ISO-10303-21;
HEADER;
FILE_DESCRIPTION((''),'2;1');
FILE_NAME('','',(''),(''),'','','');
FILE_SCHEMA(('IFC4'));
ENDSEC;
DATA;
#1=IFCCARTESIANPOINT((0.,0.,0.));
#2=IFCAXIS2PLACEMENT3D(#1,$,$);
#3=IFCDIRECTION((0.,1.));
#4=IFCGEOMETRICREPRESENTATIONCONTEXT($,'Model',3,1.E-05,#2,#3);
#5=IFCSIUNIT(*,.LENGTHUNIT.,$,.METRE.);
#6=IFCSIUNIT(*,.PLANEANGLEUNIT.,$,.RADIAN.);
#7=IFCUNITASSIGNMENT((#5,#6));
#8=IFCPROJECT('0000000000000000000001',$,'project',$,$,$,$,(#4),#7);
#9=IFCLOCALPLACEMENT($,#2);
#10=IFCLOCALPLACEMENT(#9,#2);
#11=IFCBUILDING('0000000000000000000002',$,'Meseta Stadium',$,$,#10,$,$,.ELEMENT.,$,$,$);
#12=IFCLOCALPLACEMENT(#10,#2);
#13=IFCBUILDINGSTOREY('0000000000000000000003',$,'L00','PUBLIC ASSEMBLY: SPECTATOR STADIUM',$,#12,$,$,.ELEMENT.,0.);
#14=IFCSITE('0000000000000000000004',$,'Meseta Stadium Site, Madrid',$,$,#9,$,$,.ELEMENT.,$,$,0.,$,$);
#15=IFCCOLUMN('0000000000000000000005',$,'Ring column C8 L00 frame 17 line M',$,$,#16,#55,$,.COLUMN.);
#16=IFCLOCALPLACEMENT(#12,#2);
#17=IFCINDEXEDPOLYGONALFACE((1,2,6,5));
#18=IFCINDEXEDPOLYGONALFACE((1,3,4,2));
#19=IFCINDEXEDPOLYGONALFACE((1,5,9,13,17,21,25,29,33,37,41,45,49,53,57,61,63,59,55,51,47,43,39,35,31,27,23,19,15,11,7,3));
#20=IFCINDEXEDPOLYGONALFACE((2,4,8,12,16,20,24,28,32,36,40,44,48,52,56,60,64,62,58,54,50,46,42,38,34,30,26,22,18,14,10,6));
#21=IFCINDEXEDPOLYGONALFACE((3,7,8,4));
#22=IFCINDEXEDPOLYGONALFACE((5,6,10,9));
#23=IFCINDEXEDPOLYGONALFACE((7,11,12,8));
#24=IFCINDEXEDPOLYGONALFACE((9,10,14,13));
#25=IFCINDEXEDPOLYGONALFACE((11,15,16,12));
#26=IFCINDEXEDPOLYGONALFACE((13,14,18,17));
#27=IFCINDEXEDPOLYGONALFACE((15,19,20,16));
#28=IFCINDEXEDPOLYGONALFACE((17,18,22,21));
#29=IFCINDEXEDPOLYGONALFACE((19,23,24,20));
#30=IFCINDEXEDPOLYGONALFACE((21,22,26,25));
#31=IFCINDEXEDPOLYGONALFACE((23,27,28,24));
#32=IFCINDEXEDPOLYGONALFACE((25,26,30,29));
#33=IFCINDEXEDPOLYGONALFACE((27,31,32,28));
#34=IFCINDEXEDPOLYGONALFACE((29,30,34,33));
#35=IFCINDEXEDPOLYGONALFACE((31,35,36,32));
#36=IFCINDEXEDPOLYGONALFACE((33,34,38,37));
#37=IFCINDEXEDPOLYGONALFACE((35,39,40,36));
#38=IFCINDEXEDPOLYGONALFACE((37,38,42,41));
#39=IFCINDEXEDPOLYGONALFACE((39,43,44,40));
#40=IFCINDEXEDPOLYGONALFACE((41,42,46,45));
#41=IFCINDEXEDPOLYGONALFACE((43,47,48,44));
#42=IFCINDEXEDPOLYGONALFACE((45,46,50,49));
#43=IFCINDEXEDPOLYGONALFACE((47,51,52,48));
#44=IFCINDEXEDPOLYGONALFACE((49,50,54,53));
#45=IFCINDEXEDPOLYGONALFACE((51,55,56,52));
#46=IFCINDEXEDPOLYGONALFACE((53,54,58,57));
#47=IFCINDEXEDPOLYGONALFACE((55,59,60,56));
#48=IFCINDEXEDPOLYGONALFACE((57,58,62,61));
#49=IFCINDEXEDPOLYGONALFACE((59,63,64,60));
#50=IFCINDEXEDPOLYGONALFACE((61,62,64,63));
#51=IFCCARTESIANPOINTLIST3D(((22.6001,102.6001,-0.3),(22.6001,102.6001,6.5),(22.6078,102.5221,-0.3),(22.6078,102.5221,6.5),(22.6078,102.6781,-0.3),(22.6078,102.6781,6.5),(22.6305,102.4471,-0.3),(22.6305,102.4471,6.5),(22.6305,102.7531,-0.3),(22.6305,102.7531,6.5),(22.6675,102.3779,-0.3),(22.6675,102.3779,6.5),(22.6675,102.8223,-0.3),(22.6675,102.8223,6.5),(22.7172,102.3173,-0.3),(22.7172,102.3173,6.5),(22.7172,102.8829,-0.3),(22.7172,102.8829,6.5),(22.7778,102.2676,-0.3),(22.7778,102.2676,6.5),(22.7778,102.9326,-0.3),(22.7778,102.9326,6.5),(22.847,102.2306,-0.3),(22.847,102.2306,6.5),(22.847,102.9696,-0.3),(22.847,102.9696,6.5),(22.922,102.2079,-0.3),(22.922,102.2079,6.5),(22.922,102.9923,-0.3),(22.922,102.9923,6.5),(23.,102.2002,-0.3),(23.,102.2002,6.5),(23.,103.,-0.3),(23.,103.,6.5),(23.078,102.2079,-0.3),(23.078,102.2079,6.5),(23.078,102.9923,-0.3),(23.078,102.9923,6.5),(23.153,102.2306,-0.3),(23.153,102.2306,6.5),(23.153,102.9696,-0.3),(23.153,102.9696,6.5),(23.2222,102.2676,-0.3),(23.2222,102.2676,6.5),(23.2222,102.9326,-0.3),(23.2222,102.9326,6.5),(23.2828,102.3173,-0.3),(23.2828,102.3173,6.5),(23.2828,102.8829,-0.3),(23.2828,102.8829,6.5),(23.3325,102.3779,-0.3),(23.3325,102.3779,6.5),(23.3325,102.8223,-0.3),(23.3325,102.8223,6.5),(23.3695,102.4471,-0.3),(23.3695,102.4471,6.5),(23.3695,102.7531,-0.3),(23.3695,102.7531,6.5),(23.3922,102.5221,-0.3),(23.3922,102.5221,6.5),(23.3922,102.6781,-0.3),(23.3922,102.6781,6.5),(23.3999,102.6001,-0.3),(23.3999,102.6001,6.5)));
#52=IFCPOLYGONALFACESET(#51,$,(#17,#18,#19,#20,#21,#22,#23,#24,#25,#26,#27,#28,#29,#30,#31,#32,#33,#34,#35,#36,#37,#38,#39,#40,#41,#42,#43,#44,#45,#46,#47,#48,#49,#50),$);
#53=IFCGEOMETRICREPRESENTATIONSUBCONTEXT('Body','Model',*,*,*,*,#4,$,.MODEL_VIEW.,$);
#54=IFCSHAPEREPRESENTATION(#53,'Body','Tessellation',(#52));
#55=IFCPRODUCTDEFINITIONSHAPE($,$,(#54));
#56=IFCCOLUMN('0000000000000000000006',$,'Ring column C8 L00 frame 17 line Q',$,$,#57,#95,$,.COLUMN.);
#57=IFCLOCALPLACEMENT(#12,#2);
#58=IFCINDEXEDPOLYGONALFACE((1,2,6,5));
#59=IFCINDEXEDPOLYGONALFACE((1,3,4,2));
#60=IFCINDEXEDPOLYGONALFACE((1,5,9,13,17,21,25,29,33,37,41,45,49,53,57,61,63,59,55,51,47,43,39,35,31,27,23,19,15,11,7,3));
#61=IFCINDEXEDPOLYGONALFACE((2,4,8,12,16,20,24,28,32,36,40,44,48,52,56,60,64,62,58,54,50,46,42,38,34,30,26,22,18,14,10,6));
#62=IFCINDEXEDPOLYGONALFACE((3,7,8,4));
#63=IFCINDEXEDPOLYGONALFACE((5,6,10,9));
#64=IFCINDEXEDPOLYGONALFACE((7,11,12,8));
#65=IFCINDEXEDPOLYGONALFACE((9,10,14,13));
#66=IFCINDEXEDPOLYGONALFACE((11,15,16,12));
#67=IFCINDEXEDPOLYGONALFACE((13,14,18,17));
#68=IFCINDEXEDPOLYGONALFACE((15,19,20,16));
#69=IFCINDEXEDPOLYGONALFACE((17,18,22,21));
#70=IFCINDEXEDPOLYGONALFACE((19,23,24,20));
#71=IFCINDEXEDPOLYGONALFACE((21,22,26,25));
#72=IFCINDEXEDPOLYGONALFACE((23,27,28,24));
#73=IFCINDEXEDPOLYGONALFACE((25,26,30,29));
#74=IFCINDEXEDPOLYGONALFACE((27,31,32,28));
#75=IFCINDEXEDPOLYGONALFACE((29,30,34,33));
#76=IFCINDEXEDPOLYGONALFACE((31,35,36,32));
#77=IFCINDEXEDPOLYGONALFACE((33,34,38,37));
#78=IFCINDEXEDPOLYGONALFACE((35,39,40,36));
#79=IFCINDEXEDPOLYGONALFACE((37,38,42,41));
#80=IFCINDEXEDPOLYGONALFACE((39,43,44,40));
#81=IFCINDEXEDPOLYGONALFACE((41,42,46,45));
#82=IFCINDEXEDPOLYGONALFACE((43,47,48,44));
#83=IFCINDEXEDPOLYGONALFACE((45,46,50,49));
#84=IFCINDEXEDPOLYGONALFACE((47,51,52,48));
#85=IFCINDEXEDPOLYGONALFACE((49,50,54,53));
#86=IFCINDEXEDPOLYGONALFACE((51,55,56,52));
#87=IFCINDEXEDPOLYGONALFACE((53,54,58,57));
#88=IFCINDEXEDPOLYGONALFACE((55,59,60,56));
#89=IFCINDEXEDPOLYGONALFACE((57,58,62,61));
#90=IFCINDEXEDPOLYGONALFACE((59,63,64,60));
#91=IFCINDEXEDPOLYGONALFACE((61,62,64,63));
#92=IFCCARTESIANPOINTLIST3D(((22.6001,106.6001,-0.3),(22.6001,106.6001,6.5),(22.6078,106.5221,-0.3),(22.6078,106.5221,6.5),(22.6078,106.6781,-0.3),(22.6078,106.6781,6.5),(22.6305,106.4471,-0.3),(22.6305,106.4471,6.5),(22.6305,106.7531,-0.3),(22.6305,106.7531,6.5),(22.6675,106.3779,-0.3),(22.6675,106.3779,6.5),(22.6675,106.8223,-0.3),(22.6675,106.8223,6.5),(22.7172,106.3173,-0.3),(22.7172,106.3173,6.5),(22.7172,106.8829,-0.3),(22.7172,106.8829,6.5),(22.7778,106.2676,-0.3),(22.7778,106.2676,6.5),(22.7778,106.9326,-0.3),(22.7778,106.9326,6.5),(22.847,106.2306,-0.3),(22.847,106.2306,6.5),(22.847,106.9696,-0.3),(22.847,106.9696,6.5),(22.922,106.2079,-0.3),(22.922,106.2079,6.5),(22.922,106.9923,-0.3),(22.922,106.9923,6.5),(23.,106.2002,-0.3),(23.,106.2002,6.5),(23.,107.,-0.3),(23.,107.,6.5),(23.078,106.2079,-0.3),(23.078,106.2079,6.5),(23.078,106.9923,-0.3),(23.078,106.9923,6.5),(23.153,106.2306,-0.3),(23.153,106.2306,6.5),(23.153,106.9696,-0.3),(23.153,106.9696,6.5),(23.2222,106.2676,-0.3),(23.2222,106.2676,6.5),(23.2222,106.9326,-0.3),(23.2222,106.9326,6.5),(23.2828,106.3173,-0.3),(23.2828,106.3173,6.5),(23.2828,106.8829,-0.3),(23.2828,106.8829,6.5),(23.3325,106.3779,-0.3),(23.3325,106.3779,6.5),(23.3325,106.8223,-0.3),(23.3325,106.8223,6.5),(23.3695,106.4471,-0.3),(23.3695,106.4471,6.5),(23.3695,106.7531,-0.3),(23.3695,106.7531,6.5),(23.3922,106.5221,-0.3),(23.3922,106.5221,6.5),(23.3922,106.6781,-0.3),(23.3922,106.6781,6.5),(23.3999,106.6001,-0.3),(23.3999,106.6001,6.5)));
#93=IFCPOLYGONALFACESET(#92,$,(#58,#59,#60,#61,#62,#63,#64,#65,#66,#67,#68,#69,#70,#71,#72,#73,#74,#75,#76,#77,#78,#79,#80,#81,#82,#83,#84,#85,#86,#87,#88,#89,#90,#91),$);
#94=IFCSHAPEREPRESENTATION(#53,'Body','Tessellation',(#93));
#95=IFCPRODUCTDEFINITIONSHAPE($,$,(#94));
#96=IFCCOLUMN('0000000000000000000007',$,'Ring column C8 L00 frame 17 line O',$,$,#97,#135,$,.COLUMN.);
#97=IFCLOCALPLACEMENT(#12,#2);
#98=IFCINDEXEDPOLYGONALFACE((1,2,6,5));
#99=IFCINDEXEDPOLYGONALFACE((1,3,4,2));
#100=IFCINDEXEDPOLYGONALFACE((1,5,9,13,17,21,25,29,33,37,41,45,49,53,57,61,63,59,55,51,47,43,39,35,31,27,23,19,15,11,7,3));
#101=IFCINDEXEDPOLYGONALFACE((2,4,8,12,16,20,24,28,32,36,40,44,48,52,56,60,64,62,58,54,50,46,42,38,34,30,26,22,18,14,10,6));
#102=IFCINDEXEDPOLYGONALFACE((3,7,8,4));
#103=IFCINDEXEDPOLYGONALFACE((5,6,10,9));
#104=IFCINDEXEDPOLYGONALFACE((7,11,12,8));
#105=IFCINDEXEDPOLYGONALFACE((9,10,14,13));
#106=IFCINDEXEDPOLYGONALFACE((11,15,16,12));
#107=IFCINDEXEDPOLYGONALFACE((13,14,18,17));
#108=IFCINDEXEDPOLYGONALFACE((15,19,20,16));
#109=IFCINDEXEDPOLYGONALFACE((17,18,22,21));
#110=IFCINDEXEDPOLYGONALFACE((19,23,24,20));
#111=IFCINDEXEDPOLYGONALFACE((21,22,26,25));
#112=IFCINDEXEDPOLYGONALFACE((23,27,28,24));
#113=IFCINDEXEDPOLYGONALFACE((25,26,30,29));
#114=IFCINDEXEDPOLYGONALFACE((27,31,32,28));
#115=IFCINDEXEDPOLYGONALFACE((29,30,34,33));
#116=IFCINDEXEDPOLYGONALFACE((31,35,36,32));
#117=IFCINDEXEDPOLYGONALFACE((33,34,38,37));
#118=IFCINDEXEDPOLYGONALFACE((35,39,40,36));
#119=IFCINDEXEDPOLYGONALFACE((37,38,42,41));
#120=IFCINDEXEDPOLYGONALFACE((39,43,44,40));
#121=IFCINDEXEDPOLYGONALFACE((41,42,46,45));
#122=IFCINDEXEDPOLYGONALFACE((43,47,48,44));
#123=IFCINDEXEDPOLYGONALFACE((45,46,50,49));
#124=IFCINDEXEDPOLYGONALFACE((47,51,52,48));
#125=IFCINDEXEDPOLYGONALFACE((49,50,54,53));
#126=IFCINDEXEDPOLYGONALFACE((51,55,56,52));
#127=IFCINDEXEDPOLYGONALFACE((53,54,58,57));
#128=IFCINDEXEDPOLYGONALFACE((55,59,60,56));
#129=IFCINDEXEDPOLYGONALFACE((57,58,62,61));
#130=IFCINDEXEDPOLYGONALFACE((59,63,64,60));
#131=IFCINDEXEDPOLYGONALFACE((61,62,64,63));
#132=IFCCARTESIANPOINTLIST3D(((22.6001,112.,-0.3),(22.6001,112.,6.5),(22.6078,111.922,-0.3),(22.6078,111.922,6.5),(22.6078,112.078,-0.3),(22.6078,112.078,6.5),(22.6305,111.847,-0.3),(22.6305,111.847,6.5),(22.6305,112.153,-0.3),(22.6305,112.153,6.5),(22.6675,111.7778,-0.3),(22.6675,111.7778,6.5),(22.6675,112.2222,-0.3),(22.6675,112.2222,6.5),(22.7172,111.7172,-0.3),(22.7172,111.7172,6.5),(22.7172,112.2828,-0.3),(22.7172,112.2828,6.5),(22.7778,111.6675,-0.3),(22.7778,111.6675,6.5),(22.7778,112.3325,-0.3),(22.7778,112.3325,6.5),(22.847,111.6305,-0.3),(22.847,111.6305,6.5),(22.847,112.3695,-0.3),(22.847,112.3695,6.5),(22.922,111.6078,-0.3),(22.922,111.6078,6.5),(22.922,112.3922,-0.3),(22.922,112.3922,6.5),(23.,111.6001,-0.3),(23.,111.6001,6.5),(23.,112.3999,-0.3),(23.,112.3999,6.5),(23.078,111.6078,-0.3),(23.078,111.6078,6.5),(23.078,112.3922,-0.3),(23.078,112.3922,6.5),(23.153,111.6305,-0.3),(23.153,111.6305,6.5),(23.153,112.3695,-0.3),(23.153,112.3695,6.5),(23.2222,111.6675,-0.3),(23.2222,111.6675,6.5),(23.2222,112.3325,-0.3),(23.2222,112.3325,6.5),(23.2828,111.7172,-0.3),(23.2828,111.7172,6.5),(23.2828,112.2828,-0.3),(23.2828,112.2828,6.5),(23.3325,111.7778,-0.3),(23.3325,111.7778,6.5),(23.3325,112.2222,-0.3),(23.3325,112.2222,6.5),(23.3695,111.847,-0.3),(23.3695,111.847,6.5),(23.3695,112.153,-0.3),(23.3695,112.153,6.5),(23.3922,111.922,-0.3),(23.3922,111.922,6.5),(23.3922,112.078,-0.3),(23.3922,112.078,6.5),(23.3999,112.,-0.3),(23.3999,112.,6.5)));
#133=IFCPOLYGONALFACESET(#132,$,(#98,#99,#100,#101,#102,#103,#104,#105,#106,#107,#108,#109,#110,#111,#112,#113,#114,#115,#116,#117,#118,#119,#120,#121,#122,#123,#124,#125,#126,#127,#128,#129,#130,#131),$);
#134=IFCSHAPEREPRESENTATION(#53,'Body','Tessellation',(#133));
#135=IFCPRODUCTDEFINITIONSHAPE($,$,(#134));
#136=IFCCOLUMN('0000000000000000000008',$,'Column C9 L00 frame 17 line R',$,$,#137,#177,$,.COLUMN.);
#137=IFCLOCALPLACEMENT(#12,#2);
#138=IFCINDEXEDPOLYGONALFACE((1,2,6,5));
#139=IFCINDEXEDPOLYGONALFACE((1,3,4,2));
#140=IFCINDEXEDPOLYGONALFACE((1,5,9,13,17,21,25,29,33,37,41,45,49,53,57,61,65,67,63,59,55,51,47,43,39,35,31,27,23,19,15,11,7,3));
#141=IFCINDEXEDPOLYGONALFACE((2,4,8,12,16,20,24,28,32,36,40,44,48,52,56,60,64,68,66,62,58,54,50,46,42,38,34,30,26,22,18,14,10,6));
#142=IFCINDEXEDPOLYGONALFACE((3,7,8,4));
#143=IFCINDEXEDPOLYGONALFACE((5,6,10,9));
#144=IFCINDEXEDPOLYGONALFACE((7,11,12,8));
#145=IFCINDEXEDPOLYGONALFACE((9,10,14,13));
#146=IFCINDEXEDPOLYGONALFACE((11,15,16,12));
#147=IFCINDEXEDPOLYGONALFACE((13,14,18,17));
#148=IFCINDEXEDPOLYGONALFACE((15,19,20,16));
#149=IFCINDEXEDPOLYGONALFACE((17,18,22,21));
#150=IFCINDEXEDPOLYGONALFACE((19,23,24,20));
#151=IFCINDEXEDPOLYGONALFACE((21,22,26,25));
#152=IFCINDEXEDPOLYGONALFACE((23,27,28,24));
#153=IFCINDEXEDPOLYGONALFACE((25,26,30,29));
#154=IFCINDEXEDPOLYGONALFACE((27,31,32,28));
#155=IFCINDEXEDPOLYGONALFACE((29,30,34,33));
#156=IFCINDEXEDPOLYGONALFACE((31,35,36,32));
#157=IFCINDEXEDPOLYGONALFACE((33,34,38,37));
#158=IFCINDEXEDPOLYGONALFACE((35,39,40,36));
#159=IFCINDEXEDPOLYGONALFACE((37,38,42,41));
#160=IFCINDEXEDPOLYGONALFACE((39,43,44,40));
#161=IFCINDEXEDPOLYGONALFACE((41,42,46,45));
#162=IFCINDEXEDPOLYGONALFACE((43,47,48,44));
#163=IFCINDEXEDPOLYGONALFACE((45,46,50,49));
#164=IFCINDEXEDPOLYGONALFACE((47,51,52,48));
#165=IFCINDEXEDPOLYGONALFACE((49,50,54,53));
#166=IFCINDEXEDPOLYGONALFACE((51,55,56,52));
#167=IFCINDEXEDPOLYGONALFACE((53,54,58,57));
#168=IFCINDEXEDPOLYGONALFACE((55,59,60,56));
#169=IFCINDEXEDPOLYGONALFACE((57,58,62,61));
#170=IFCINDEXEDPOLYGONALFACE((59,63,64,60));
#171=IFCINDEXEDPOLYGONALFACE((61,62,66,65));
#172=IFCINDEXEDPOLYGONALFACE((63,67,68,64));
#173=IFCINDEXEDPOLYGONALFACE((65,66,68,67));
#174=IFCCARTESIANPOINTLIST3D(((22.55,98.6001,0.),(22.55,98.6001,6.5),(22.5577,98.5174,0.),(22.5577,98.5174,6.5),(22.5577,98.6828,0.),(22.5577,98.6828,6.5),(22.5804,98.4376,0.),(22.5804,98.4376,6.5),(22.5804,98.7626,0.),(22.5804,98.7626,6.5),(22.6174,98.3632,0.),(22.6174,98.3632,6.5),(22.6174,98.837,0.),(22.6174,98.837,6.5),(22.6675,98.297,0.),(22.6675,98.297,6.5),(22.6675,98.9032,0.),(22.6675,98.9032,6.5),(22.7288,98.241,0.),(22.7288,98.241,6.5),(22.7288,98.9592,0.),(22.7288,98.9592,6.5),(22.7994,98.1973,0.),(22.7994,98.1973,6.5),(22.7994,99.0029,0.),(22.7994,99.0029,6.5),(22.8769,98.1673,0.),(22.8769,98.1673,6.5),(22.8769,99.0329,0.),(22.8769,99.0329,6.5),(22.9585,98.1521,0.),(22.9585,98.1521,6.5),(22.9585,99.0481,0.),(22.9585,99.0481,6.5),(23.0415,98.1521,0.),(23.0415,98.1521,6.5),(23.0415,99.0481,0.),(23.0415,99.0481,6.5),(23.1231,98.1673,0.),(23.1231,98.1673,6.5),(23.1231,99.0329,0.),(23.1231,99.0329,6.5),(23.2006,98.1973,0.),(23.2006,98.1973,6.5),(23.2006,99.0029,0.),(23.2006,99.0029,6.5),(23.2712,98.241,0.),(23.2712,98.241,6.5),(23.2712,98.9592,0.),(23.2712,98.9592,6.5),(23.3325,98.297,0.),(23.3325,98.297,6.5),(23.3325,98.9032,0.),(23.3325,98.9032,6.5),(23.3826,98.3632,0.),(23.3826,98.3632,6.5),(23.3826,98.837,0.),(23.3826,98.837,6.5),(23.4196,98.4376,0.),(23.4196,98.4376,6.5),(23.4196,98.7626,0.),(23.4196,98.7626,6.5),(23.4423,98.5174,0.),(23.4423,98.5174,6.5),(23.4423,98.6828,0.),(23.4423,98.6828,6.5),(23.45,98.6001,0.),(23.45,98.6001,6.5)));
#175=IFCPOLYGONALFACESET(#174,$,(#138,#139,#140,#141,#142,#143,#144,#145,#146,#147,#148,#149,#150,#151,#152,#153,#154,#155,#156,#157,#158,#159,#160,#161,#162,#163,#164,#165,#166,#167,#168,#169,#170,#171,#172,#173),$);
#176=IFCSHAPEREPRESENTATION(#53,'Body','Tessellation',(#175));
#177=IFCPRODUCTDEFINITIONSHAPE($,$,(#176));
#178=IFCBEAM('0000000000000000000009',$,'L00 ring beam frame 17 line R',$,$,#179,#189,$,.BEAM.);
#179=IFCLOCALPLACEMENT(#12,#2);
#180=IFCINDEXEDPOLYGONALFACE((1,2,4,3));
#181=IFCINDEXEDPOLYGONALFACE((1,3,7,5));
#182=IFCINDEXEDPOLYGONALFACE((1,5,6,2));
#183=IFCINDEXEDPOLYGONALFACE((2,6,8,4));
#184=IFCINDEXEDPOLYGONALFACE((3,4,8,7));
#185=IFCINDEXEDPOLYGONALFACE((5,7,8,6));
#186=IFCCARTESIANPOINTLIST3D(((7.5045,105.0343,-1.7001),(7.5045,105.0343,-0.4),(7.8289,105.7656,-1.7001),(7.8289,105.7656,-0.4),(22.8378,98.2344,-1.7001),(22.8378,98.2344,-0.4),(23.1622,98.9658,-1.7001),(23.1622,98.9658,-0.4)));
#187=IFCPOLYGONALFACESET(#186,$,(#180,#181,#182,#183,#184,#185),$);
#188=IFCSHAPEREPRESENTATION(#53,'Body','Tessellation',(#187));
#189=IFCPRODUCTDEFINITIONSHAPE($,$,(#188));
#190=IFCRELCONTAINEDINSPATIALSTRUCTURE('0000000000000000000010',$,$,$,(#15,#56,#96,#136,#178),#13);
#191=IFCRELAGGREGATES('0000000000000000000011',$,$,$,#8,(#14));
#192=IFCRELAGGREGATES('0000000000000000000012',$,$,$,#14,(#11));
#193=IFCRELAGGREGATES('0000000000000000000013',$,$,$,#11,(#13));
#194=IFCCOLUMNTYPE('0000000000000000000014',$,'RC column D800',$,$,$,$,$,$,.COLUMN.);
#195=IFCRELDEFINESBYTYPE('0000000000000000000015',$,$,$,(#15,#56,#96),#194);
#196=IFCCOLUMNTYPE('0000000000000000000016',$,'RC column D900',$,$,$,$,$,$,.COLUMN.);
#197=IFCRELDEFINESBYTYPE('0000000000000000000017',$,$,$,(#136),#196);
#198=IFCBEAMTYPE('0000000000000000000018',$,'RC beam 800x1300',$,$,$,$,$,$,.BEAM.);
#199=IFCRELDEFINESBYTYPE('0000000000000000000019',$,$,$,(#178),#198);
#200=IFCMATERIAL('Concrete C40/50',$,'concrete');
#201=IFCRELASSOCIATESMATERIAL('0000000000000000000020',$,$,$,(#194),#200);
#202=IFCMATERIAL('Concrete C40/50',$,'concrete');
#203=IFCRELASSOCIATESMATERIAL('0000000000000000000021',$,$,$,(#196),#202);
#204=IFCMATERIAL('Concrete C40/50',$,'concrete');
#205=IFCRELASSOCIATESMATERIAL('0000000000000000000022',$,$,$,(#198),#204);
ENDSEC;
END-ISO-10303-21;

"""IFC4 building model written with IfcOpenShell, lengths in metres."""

from ifc_helpers import new_model, si_unit, direction, frame, origin, origin_2d, place, context, subcontext, project, spatial, rectangle, circle, extrude, material, material_profile, profile_set, type_object, element, save


model = new_model("IFC4")

# Units and contexts
model_context = context("Model", 3, precision=1e-05, world=origin(), true_north=direction((0.0, 1.0)))
body_context = subcontext(model_context, "Body", "Model", "MODEL_VIEW")
ifc_project = project(units=[si_unit("LENGTHUNIT", "METRE"), si_unit("PLANEANGLEUNIT", "RADIAN")], contexts=[model_context])

# Site, building, storey
site_placement = place(None, origin())
site = spatial("IfcSite", under=ifc_project, at=site_placement, Name="Meseta Stadium Site, Madrid", CompositionType="ELEMENT", RefElevation=0.0)
building_placement = place(site_placement, origin())
building = spatial("IfcBuilding", under=site, at=building_placement, Name="Meseta Stadium", CompositionType="ELEMENT")
storey_placement = place(building_placement, origin())
storey = spatial("IfcBuildingStorey", under=building, at=storey_placement, Name="L00", Description="PUBLIC ASSEMBLY: SPECTATOR STADIUM", CompositionType="ELEMENT", Elevation=0.0)

# Columns
ifc_material_1 = material(Name="Concrete C40/50", Category="concrete")
ifc_material_profile_1 = material_profile(ifc_material_1, circle(Radius=0.3999, at=origin_2d()), Name="RC D800")
ifc_profile_set_1 = profile_set([ifc_material_profile_1], Name="Concrete C40/50")
column_type_1 = type_object("IfcColumnType", Name="RC column D800", PredefinedType="COLUMN", material=ifc_profile_set_1)
for number, where, z_axis, x_axis, name in (
    (1, (23.0, 102.6001, -0.3), (0.0, 0.0, 1.0), (1.0, 0.0, 0.0), "Ring column C8 L00 frame 17 line M"),
    (2, (23.0, 106.6001, -0.3), (0.0, 0.0, 1.0), (1.0, 0.0, 0.0), "Ring column C8 L00 frame 17 line Q"),
    (3, (23.0, 112.0, -0.3), (0.0, 0.0, 1.0), (1.0, 0.0, 0.0), "Ring column C8 L00 frame 17 line O"),
):
    element("IfcColumn", number, at=place(storey_placement, frame(where, z_axis=z_axis, x_axis=x_axis)), inside=storey, type_object=column_type_1, Name=name, PredefinedType="COLUMN", context=body_context, shape_type="SweptSolid", body=[
        extrude(circle(Radius=0.3999, at=origin_2d()), origin(), (0.0, 0.0, 1.0), 6.8),
    ])
ifc_material_2 = material(Name="Concrete C40/50", Category="concrete")
ifc_material_profile_2 = material_profile(ifc_material_2, circle(Radius=0.45, at=origin_2d()), Name="RC D900")
ifc_profile_set_2 = profile_set([ifc_material_profile_2], Name="Concrete C40/50")
column_type_2 = type_object("IfcColumnType", Name="RC column D900", PredefinedType="COLUMN", material=ifc_profile_set_2)
column_placement = place(storey_placement, frame((23.0, 98.6001, 0.0), z_axis=(0.0, 0.0, 1.0), x_axis=(1.0, 0.0, 0.0)))
element("IfcColumn", 4, at=column_placement, inside=storey, type_object=column_type_2, Name="Column C9 L00 frame 17 line R", PredefinedType="COLUMN", context=body_context, shape_type="SweptSolid", body=[
    extrude(circle(Radius=0.45, at=origin_2d()), origin(), (0.0, 0.0, 1.0), 6.5),
])

# Beam
ifc_material_3 = material(Name="Concrete C40/50", Category="concrete")
ifc_material_profile_3 = material_profile(ifc_material_3, rectangle(XDim=0.8, YDim=1.3, at=origin_2d()), Name="RC 800x1300")
ifc_profile_set_3 = profile_set([ifc_material_profile_3], Name="Concrete C40/50")
beam_type = type_object("IfcBeamType", Name="RC beam 800x1300", PredefinedType="BEAM", material=ifc_profile_set_3)
beam_placement = place(storey_placement, frame((23.0, 98.6001, -1.05), z_axis=(-0.914143, 0.405393, 0.0), x_axis=(-0.405393, -0.914143, 0.0)))
element("IfcBeam", 5, at=beam_placement, inside=storey, type_object=beam_type, Name="L00 ring beam frame 17 line R", PredefinedType="BEAM", context=body_context, shape_type="SweptSolid", body=[
    extrude(rectangle(XDim=0.8, YDim=1.3, at=origin_2d()), origin(), (0.0, 0.0, 1.0), 16.7734),
])

save(model, "model.ifc")
